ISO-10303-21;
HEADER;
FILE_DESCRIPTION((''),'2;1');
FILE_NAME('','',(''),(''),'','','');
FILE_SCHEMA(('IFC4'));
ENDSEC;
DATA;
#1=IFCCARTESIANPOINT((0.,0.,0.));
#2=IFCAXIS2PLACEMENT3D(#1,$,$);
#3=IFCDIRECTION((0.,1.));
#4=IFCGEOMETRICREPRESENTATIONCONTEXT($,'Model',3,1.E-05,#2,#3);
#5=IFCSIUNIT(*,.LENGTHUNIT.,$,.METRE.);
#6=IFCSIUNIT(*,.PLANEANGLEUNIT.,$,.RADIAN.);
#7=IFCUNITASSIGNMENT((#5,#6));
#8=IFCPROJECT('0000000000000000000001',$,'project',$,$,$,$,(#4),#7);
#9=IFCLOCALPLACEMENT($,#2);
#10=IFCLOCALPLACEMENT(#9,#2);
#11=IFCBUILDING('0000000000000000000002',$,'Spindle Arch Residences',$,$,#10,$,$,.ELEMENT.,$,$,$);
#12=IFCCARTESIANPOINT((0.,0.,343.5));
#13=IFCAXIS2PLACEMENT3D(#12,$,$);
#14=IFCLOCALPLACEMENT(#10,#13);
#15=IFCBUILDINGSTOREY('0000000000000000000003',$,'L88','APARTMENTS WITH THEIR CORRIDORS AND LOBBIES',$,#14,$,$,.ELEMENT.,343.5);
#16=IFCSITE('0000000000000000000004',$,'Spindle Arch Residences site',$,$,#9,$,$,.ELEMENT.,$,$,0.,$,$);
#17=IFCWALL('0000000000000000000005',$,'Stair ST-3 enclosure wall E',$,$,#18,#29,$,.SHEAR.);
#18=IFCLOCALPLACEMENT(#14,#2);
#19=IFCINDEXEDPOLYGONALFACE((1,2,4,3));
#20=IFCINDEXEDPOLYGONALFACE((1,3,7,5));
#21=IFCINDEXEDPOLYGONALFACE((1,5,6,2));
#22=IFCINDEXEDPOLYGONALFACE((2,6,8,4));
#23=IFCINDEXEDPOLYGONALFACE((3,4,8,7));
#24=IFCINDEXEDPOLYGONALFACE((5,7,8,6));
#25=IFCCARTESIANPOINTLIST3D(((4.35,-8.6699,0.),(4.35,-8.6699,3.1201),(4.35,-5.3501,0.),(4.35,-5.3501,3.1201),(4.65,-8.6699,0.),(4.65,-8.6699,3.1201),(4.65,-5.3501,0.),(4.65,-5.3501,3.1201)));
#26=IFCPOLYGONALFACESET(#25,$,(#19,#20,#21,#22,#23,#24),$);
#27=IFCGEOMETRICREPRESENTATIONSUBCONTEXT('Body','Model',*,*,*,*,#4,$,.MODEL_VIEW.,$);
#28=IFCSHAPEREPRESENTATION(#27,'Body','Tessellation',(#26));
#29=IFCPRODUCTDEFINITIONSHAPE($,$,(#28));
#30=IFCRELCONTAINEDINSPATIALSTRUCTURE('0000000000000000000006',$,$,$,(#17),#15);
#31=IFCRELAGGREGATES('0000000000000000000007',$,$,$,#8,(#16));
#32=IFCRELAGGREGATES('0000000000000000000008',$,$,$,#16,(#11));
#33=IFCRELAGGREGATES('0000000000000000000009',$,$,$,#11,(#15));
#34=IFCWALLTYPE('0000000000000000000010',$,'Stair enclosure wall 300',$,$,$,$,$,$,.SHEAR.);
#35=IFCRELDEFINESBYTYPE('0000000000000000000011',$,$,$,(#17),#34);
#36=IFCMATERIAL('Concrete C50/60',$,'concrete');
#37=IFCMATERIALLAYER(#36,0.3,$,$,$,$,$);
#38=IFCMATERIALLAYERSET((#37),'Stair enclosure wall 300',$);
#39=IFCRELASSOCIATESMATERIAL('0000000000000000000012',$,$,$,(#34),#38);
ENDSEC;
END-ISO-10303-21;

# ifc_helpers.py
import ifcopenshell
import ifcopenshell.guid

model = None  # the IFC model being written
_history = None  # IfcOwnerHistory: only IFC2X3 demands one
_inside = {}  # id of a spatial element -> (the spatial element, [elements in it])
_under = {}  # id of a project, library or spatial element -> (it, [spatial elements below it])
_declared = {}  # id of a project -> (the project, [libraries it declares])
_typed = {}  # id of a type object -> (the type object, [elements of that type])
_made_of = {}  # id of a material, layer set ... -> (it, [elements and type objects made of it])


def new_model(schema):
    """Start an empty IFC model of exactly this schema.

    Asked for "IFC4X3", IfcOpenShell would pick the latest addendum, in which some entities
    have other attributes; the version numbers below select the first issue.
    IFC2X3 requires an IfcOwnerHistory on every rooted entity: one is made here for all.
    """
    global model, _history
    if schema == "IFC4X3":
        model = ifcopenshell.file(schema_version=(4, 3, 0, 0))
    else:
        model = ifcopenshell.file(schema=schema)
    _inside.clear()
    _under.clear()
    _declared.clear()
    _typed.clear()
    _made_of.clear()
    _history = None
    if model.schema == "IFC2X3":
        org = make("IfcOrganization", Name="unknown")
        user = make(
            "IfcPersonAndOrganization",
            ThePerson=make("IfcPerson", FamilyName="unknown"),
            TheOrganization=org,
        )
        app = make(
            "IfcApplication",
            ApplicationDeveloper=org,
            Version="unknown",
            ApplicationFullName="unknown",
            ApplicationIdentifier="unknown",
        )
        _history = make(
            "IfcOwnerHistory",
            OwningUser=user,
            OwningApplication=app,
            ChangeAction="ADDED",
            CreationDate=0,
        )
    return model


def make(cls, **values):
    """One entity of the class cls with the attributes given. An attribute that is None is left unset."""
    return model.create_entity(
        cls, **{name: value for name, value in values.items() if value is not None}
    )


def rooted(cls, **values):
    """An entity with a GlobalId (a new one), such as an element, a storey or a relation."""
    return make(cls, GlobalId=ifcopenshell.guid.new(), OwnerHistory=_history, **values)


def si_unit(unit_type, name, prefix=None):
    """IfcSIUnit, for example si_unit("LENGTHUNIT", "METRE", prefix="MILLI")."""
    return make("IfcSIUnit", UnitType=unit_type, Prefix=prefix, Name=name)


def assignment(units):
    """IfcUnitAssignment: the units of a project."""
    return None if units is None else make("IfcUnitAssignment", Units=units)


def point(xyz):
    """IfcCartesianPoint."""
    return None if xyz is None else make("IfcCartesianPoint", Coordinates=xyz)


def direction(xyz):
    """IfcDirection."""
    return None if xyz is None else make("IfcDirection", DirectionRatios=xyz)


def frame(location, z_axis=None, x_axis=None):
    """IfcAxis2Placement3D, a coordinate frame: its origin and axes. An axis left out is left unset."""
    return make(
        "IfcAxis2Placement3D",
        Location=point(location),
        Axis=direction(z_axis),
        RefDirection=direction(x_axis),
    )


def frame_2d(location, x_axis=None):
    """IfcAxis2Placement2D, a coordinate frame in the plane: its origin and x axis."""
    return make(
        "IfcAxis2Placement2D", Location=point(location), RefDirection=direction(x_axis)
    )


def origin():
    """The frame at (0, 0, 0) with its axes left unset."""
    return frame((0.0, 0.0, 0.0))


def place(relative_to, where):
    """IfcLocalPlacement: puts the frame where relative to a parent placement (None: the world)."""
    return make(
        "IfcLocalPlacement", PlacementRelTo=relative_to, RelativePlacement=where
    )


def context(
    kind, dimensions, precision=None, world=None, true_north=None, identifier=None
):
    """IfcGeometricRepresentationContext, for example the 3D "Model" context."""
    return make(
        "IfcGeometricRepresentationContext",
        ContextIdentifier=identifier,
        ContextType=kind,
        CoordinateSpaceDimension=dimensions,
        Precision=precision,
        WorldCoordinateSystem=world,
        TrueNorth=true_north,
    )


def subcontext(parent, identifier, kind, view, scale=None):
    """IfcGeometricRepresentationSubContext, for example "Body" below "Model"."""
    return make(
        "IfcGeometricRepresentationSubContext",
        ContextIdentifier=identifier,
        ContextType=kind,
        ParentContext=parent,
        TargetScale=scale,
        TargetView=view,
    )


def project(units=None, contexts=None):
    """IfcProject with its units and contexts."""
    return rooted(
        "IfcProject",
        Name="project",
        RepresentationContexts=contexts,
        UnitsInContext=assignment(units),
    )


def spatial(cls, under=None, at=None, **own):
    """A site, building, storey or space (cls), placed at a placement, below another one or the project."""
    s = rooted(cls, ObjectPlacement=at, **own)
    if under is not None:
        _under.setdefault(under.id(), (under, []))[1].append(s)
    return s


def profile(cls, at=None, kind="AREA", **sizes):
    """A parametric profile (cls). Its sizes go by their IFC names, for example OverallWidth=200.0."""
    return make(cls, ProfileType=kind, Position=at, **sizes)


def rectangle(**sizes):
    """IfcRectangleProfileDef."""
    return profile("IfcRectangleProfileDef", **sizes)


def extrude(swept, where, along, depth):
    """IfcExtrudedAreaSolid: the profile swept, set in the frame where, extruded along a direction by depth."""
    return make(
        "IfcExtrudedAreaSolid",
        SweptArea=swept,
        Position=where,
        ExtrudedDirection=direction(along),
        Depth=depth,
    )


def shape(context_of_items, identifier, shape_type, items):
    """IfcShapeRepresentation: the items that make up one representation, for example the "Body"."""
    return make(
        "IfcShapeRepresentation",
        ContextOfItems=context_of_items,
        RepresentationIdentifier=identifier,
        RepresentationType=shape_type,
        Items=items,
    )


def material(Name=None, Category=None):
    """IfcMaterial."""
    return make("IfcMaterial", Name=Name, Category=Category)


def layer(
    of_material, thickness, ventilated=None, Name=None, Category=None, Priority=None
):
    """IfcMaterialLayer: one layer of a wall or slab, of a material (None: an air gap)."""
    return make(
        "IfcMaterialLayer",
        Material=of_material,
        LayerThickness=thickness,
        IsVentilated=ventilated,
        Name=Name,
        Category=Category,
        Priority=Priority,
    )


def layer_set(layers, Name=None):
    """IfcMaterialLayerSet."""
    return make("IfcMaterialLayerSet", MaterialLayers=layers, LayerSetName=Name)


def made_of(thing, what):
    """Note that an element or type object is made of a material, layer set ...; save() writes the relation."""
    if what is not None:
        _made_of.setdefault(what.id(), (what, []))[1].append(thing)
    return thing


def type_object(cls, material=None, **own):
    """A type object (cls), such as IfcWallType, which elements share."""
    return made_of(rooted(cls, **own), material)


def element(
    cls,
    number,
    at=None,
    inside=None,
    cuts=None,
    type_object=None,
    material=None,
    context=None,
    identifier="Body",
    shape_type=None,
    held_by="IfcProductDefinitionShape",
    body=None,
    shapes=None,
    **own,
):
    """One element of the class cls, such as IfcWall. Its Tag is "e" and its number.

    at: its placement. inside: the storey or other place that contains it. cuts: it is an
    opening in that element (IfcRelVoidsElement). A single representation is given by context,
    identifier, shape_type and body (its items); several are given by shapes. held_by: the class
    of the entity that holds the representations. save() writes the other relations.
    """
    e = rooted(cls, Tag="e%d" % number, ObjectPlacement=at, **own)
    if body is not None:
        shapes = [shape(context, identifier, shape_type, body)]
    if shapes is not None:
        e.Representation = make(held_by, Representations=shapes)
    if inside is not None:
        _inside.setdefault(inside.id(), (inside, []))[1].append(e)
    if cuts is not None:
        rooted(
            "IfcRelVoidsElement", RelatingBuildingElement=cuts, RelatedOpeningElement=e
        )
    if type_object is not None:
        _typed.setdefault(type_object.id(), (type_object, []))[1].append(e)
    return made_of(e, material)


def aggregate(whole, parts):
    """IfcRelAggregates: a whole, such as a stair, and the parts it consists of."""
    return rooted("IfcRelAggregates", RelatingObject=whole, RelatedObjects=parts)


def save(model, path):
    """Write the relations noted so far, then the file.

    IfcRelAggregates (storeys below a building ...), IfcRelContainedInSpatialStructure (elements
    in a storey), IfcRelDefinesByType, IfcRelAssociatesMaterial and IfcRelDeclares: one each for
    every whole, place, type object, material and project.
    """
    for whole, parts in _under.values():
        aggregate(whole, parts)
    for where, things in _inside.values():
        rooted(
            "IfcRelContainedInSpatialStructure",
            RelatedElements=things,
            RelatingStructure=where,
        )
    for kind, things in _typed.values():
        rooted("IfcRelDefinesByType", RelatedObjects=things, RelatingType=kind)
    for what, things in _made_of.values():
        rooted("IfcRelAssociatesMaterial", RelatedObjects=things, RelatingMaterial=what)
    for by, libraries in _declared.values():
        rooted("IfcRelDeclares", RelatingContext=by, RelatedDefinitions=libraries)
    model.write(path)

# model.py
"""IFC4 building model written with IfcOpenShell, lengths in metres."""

from ifc_helpers import new_model, si_unit, direction, frame, frame_2d, origin, place, context, subcontext, project, spatial, rectangle, extrude, material, layer, layer_set, type_object, element, save


model = new_model("IFC4")

# Units and contexts
model_context = context("Model", 3, precision=1e-05, world=origin(), true_north=direction((0.0, 1.0)))
body_context = subcontext(model_context, "Body", "Model", "MODEL_VIEW")
ifc_project = project(units=[si_unit("LENGTHUNIT", "METRE"), si_unit("PLANEANGLEUNIT", "RADIAN")], contexts=[model_context])

# Site, building, storey
site_placement = place(None, origin())
site = spatial("IfcSite", under=ifc_project, at=site_placement, Name="Spindle Arch Residences site", CompositionType="ELEMENT", RefElevation=0.0)
building_placement = place(site_placement, origin())
building = spatial("IfcBuilding", under=site, at=building_placement, Name="Spindle Arch Residences", CompositionType="ELEMENT")
storey_placement = place(building_placement, frame((0.0, 0.0, 343.5)))
storey = spatial("IfcBuildingStorey", under=building, at=storey_placement, Name="L88", Description="APARTMENTS WITH THEIR CORRIDORS AND LOBBIES", CompositionType="ELEMENT", Elevation=343.5)

# Wall
ifc_material_1 = material(Name="Concrete C50/60", Category="concrete")
ifc_layer_1 = layer(ifc_material_1, 0.3)
ifc_layer_set_1 = layer_set([ifc_layer_1], Name="Stair enclosure wall 300")
wall_type_1 = type_object("IfcWallType", Name="Stair enclosure wall 300", PredefinedType="SHEAR", material=ifc_layer_set_1)
wall_1_placement = place(storey_placement, frame((4.5, -8.6699, 0.0), z_axis=(0.0, 0.0, 1.0), x_axis=(0.0, 1.0, 0.0)))
element("IfcWall", 1, at=wall_1_placement, inside=storey, type_object=wall_type_1, Name="Stair ST-3 enclosure wall E", PredefinedType="SHEAR", context=body_context, shape_type="SweptSolid", body=[
    extrude(rectangle(XDim=3.3198, YDim=0.3, at=frame_2d((1.6599, 0.0))), origin(), (0.0, 0.0, 1.0), 3.1201),
])

save(model, "model.ifc")
